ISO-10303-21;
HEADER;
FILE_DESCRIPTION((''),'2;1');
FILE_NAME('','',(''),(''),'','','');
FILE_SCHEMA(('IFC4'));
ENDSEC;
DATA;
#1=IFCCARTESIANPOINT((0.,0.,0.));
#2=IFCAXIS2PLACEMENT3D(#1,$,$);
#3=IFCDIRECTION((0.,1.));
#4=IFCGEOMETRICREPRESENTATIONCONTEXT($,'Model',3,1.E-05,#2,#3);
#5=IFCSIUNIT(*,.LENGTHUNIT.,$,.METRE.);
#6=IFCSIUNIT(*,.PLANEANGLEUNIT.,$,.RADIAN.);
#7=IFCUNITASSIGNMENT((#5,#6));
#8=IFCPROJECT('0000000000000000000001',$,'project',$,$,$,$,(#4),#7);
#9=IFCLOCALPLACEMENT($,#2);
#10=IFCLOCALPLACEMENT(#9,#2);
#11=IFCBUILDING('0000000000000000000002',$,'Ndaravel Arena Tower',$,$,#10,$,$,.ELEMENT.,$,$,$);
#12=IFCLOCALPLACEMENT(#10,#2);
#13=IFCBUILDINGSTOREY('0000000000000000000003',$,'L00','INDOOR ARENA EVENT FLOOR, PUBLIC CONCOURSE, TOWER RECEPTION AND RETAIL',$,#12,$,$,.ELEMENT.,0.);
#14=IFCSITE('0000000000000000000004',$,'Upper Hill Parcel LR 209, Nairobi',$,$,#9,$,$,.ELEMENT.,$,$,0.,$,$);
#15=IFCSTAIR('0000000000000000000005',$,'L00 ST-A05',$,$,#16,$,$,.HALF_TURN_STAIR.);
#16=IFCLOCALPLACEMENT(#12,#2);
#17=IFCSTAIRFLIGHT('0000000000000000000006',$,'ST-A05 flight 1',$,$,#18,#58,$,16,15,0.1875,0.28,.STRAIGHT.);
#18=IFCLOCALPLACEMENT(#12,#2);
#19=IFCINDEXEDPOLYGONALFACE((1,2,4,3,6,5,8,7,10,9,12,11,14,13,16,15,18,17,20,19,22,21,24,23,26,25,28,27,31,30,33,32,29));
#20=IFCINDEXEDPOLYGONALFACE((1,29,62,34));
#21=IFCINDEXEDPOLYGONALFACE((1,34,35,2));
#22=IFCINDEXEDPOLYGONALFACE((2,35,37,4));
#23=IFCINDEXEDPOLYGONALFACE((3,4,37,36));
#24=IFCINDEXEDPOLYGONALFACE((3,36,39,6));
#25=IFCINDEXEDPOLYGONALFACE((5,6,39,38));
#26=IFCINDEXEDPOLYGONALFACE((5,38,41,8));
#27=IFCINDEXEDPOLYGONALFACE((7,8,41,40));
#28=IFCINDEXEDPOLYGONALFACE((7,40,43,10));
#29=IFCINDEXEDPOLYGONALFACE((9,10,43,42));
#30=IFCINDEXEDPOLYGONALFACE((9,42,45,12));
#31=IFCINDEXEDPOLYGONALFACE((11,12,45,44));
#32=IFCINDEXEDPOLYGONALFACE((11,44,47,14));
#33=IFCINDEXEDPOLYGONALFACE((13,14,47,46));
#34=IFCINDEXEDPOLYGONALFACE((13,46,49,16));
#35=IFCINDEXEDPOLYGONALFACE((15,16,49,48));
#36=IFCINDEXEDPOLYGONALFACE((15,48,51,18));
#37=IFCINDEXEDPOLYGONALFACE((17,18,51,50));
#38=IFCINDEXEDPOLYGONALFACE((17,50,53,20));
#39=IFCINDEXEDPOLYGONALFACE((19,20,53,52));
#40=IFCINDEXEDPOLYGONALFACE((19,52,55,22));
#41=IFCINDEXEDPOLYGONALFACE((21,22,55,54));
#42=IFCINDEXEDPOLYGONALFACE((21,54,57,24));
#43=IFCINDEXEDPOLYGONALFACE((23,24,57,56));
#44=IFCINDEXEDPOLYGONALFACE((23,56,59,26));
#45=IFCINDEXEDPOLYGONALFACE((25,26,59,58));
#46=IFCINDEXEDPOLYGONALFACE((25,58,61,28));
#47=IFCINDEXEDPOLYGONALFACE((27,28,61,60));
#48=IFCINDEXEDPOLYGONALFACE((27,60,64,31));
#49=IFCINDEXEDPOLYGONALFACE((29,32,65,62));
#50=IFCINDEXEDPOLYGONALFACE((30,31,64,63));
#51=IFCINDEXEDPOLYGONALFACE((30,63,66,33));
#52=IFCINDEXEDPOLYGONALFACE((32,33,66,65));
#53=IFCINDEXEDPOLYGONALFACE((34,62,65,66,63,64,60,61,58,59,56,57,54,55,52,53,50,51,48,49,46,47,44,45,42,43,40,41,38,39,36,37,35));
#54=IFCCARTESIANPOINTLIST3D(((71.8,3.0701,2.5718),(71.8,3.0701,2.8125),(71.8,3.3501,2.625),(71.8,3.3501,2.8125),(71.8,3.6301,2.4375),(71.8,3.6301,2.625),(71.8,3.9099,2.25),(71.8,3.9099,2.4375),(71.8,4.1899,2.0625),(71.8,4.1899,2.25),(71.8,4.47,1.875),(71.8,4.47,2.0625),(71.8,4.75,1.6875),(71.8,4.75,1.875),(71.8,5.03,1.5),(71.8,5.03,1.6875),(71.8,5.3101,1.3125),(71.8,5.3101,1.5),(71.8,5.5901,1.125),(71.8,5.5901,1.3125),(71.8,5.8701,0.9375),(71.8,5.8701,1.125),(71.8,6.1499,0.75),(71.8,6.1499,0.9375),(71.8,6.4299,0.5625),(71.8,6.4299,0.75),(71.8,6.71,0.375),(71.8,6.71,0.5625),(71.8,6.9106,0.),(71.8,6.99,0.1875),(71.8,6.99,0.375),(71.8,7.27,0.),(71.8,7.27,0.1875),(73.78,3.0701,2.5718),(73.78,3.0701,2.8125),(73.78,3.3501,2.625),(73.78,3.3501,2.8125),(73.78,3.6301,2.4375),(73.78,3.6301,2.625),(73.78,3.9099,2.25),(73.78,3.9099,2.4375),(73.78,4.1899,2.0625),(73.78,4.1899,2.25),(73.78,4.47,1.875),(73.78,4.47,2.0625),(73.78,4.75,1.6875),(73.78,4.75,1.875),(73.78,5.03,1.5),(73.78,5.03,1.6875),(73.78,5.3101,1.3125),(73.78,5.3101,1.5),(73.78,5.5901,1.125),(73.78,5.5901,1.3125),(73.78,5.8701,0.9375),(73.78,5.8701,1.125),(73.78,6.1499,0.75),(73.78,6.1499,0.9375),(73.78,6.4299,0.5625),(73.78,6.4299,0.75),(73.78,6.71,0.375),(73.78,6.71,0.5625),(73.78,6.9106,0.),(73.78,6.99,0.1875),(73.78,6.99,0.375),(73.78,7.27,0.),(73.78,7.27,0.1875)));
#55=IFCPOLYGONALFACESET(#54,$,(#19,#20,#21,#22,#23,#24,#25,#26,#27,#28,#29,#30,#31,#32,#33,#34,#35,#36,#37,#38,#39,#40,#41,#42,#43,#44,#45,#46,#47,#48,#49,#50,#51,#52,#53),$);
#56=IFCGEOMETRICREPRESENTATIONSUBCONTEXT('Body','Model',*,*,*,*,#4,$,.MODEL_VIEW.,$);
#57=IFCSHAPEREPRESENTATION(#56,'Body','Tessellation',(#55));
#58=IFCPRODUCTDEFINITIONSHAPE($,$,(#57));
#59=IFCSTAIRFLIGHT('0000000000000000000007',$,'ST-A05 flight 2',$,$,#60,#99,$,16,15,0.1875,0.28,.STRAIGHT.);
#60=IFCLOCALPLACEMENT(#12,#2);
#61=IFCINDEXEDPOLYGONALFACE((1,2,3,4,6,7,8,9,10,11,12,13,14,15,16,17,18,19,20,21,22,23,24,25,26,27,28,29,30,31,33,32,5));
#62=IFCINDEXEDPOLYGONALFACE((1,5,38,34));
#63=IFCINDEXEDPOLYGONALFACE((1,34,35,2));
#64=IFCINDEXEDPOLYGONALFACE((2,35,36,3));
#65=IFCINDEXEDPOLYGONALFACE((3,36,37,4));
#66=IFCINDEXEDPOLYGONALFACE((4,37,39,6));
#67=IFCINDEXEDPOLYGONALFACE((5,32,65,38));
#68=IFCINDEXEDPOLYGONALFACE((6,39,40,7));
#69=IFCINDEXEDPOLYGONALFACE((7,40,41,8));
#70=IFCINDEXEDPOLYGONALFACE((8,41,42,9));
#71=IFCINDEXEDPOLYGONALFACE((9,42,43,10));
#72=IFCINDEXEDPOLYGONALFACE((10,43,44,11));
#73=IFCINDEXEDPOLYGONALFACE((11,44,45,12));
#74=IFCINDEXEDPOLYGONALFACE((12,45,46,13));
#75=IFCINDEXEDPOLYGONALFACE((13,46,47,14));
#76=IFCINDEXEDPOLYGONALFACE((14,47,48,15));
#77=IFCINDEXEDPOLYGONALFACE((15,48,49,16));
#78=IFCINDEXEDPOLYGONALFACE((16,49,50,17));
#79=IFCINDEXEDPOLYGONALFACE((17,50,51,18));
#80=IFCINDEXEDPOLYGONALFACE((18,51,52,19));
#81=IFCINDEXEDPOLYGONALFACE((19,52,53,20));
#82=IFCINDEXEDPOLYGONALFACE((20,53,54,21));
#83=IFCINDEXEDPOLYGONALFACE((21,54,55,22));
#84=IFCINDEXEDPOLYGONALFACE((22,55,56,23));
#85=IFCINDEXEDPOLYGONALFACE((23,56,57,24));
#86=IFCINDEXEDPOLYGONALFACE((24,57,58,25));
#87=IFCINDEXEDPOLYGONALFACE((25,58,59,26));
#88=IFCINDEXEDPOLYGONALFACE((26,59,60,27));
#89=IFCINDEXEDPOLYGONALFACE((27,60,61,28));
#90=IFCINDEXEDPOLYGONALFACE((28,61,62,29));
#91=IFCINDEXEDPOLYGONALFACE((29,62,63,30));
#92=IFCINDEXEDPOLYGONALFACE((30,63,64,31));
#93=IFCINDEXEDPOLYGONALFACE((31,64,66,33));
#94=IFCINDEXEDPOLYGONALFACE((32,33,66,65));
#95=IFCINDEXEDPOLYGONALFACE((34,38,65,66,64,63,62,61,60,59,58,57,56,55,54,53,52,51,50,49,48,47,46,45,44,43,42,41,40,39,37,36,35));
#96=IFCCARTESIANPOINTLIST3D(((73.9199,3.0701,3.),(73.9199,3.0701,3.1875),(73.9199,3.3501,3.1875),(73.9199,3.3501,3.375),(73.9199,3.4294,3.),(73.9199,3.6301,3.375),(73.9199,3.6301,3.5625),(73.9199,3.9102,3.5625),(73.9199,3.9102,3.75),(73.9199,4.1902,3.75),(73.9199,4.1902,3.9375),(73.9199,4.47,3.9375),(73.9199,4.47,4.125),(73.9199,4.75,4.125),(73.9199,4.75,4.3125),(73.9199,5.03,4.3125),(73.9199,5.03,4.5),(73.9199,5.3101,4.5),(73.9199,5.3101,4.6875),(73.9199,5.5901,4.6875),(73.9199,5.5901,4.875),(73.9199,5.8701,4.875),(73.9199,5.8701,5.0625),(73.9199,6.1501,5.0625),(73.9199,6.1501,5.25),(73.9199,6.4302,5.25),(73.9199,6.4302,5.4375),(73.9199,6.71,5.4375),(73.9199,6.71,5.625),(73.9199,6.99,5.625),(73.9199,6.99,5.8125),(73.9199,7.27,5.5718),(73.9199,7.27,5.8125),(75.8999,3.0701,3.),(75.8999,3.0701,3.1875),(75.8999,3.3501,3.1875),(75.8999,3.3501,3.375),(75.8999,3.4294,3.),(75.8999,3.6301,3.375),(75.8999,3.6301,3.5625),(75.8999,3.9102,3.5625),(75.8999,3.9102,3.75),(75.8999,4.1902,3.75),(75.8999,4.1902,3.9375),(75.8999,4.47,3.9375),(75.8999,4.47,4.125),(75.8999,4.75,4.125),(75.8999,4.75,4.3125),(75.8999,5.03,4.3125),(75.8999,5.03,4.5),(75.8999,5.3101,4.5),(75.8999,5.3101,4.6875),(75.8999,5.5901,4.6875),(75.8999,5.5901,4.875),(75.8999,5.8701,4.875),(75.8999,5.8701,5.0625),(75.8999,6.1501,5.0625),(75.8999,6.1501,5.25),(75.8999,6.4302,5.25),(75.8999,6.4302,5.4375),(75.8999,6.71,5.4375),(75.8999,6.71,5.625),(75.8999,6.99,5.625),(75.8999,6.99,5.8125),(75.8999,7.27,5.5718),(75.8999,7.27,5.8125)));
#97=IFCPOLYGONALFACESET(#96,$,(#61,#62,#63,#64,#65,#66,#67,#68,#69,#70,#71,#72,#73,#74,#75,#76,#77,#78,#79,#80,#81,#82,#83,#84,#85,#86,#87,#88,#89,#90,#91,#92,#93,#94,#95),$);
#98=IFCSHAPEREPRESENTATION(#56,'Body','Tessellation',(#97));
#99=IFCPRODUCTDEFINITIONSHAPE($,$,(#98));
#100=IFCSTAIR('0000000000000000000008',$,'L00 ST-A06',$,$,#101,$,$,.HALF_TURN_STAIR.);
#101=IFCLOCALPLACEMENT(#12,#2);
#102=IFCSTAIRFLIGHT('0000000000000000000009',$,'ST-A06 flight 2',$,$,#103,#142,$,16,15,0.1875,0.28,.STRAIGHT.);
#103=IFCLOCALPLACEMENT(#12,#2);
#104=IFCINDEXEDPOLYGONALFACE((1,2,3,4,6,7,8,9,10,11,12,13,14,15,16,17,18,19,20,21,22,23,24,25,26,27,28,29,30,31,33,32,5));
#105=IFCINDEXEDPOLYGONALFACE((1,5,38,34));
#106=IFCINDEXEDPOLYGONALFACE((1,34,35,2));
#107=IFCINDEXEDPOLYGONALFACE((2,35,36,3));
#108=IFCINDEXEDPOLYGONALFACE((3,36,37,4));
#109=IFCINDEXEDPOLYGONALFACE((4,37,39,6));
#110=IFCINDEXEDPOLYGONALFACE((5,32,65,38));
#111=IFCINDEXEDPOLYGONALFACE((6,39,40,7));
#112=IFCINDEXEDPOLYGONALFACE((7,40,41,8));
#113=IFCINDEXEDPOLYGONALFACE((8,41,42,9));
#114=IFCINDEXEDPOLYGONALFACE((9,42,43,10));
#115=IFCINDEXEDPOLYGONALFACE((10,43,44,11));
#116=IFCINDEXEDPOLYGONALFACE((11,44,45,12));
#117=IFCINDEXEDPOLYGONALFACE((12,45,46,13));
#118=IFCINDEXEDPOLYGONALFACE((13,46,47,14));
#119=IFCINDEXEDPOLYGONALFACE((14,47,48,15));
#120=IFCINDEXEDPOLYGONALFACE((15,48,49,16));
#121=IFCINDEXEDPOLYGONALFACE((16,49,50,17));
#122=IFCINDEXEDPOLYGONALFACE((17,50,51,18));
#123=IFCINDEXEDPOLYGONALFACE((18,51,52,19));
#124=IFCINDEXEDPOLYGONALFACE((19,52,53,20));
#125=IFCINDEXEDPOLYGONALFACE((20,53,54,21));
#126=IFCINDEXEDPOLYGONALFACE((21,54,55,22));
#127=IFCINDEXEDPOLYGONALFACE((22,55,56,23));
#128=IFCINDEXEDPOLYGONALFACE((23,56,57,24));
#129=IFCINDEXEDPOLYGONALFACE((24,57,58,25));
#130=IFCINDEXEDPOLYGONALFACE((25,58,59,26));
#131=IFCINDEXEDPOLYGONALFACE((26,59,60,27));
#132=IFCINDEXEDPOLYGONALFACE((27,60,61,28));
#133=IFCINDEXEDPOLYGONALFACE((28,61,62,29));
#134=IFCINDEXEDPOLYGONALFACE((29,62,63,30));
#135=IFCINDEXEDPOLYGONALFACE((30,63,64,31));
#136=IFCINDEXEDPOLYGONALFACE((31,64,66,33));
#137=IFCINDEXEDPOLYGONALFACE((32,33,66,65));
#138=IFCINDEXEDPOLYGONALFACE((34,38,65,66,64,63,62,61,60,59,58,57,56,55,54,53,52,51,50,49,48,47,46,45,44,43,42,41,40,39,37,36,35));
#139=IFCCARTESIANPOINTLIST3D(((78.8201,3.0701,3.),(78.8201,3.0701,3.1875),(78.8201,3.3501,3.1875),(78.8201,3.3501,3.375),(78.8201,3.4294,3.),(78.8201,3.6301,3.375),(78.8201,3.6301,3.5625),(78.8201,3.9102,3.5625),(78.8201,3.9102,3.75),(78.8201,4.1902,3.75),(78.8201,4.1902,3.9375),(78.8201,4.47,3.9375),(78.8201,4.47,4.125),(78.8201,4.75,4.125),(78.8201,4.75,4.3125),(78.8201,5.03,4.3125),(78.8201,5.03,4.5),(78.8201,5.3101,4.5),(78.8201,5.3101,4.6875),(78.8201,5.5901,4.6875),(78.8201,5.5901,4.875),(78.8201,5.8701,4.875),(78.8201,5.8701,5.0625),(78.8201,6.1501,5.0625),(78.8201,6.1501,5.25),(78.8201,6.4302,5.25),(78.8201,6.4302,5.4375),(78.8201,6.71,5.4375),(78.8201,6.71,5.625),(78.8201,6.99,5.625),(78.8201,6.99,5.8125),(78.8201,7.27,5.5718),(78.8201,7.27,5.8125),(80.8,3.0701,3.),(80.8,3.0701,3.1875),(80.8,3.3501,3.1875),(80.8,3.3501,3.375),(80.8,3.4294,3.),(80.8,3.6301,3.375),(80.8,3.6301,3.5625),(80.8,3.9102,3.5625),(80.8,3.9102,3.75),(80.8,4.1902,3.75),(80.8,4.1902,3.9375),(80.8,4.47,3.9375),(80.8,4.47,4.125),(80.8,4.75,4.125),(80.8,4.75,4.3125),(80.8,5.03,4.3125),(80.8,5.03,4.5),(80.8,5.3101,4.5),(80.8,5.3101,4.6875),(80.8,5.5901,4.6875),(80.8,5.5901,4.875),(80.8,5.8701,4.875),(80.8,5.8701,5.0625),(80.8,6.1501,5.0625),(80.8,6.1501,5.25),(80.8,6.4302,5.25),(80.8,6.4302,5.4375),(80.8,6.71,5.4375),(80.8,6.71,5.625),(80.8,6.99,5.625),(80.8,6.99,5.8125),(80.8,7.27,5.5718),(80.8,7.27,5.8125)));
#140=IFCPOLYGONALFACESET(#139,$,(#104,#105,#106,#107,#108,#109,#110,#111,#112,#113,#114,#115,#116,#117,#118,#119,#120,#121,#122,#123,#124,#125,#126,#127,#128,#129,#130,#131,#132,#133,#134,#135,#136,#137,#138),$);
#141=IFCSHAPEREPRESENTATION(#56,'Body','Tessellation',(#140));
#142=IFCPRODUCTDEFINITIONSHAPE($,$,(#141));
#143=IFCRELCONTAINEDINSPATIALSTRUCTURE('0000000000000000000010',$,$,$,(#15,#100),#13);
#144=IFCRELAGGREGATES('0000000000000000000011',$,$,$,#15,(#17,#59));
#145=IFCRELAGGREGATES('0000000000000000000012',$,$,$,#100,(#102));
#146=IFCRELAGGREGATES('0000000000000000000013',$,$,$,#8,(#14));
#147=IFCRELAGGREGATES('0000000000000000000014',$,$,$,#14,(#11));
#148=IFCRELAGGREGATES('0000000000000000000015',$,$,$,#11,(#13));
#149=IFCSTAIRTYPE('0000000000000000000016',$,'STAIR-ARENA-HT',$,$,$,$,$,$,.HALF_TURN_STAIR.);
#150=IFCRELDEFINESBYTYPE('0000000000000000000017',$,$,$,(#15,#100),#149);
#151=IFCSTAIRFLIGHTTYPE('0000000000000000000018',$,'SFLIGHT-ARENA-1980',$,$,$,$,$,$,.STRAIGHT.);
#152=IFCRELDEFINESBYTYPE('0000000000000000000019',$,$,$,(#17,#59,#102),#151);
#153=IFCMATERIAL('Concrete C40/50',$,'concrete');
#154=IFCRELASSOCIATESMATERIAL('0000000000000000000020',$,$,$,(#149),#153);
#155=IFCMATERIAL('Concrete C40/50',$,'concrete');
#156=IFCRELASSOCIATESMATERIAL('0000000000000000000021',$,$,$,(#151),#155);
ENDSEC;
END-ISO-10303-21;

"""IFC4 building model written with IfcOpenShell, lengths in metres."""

from ifc_helpers import new_model, si_unit, direction, frame, origin, place, context, subcontext, project, spatial, polyline, outline, extrude, material, type_object, element, aggregate, save


model = new_model("IFC4")

# Units and contexts
model_context = context("Model", 3, precision=1e-05, world=origin(), true_north=direction((0.0, 1.0)))
body_context = subcontext(model_context, "Body", "Model", "MODEL_VIEW")
ifc_project = project(units=[si_unit("LENGTHUNIT", "METRE"), si_unit("PLANEANGLEUNIT", "RADIAN")], contexts=[model_context])

# Site, building, storey
site_placement = place(None, origin())
site = spatial("IfcSite", under=ifc_project, at=site_placement, Name="Upper Hill Parcel LR 209, Nairobi", CompositionType="ELEMENT", RefElevation=0.0)
building_placement = place(site_placement, origin())
building = spatial("IfcBuilding", under=site, at=building_placement, Name="Ndaravel Arena Tower", CompositionType="ELEMENT")
storey_placement = place(building_placement, origin())
storey = spatial("IfcBuildingStorey", under=building, at=storey_placement, Name="L00", Description="INDOOR ARENA EVENT FLOOR, PUBLIC CONCOURSE, TOWER RECEPTION AND RETAIL", CompositionType="ELEMENT", Elevation=0.0)

# Stair, stair flights
ifc_material_1 = material(Name="Concrete C40/50", Category="concrete")
stair_type = type_object("IfcStairType", Name="STAIR-ARENA-HT", PredefinedType="HALF_TURN_STAIR", material=ifc_material_1)
stair_1_placement = place(storey_placement, origin())
stair_1 = element("IfcStair", 1, at=stair_1_placement, inside=storey, type_object=stair_type, Name="L00 ST-A05", PredefinedType="HALF_TURN_STAIR")
ifc_material_2 = material(Name="Concrete C40/50", Category="concrete")
stair_flight_type = type_object("IfcStairFlightType", Name="SFLIGHT-ARENA-1980", PredefinedType="STRAIGHT", material=ifc_material_2)
stair_flight_1_placement = place(storey_placement, frame((72.79, 7.27, 0.0), z_axis=(0.0, 0.0, 1.0), x_axis=(0.0, -1.0, 0.0)))
stair_flight_1 = element("IfcStairFlight", 2, at=stair_flight_1_placement, type_object=stair_flight_type, Name="ST-A05 flight 1", NumberOfRisers=16, NumberOfTreads=15, PredefinedType="STRAIGHT", RiserHeight=0.1875, TreadLength=0.28, context=body_context, shape_type="SweptSolid", body=[
    extrude(outline(polyline([(0.0, 0.0), (0.0, 0.1875), (0.28, 0.1875), (0.28, 0.375), (0.5601, 0.375), (0.5601, 0.5625), (0.8401, 0.5625), (0.8401, 0.75), (1.1201, 0.75), (1.1201, 0.9375), (1.3999, 0.9375), (1.3999, 1.125), (1.6799, 1.125), (1.6799, 1.3125), (1.96, 1.3125), (1.96, 1.5), (2.24, 1.5), (2.24, 1.6875), (2.52, 1.6875), (2.52, 1.875), (2.8, 1.875), (2.8, 2.0625), (3.0801, 2.0625), (3.0801, 2.25), (3.3601, 2.25), (3.3601, 2.4375), (3.6399, 2.4375), (3.6399, 2.625), (3.9199, 2.625), (3.9199, 2.8125), (4.2, 2.8125), (4.2, 3.0), (4.2, 2.5718), (0.3594, 0.0), (0.0, 0.0)])), frame((0.0, 0.99, 0.0), z_axis=(0.0, -1.0, 0.0), x_axis=(1.0, 0.0, 0.0)), (0.0, 0.0, 1.0), 1.98),
])
stair_flight_2_placement = place(storey_placement, frame((74.9099, 3.0701, 3.0), z_axis=(0.0, 0.0, 1.0), x_axis=(0.0, 1.0, 0.0)))
stair_flight_2 = element("IfcStairFlight", 3, at=stair_flight_2_placement, type_object=stair_flight_type, Name="ST-A05 flight 2", NumberOfRisers=16, NumberOfTreads=15, PredefinedType="STRAIGHT", RiserHeight=0.1875, TreadLength=0.28, context=body_context, shape_type="SweptSolid", body=[
    extrude(outline(polyline([(0.0, 0.0), (0.0, 0.1875), (0.28, 0.1875), (0.28, 0.375), (0.5601, 0.375), (0.5601, 0.5625), (0.8401, 0.5625), (0.8401, 0.75), (1.1201, 0.75), (1.1201, 0.9375), (1.3999, 0.9375), (1.3999, 1.125), (1.6799, 1.125), (1.6799, 1.3125), (1.96, 1.3125), (1.96, 1.5), (2.24, 1.5), (2.24, 1.6875), (2.52, 1.6875), (2.52, 1.875), (2.8, 1.875), (2.8, 2.0625), (3.0801, 2.0625), (3.0801, 2.25), (3.3601, 2.25), (3.3601, 2.4375), (3.6399, 2.4375), (3.6399, 2.625), (3.9199, 2.625), (3.9199, 2.8125), (4.2, 2.8125), (4.2, 3.0), (4.2, 2.5718), (0.3594, 0.0), (0.0, 0.0)])), frame((0.0, 0.99, 0.0), z_axis=(0.0, -1.0, 0.0), x_axis=(1.0, 0.0, 0.0)), (0.0, 0.0, 1.0), 1.98),
])
aggregate(stair_1, [stair_flight_1, stair_flight_2])

# Stair, stair flight
stair_2_placement = place(storey_placement, origin())
stair_2 = element("IfcStair", 4, at=stair_2_placement, inside=storey, type_object=stair_type, Name="L00 ST-A06", PredefinedType="HALF_TURN_STAIR")
stair_flight_3_placement = place(storey_placement, frame((79.8101, 3.0701, 3.0), z_axis=(0.0, 0.0, 1.0), x_axis=(0.0, 1.0, 0.0)))
stair_flight_3 = element("IfcStairFlight", 5, at=stair_flight_3_placement, type_object=stair_flight_type, Name="ST-A06 flight 2", NumberOfRisers=16, NumberOfTreads=15, PredefinedType="STRAIGHT", RiserHeight=0.1875, TreadLength=0.28, context=body_context, shape_type="SweptSolid", body=[
    extrude(outline(polyline([(0.0, 0.0), (0.0, 0.1875), (0.28, 0.1875), (0.28, 0.375), (0.5601, 0.375), (0.5601, 0.5625), (0.8401, 0.5625), (0.8401, 0.75), (1.1201, 0.75), (1.1201, 0.9375), (1.3999, 0.9375), (1.3999, 1.125), (1.6799, 1.125), (1.6799, 1.3125), (1.96, 1.3125), (1.96, 1.5), (2.24, 1.5), (2.24, 1.6875), (2.52, 1.6875), (2.52, 1.875), (2.8, 1.875), (2.8, 2.0625), (3.0801, 2.0625), (3.0801, 2.25), (3.3601, 2.25), (3.3601, 2.4375), (3.6399, 2.4375), (3.6399, 2.625), (3.9199, 2.625), (3.9199, 2.8125), (4.2, 2.8125), (4.2, 3.0), (4.2, 2.5718), (0.3594, 0.0), (0.0, 0.0)])), frame((0.0, 0.99, 0.0), z_axis=(0.0, -1.0, 0.0), x_axis=(1.0, 0.0, 0.0)), (0.0, 0.0, 1.0), 1.98),
])
aggregate(stair_2, [stair_flight_3])

save(model, "model.ifc")
